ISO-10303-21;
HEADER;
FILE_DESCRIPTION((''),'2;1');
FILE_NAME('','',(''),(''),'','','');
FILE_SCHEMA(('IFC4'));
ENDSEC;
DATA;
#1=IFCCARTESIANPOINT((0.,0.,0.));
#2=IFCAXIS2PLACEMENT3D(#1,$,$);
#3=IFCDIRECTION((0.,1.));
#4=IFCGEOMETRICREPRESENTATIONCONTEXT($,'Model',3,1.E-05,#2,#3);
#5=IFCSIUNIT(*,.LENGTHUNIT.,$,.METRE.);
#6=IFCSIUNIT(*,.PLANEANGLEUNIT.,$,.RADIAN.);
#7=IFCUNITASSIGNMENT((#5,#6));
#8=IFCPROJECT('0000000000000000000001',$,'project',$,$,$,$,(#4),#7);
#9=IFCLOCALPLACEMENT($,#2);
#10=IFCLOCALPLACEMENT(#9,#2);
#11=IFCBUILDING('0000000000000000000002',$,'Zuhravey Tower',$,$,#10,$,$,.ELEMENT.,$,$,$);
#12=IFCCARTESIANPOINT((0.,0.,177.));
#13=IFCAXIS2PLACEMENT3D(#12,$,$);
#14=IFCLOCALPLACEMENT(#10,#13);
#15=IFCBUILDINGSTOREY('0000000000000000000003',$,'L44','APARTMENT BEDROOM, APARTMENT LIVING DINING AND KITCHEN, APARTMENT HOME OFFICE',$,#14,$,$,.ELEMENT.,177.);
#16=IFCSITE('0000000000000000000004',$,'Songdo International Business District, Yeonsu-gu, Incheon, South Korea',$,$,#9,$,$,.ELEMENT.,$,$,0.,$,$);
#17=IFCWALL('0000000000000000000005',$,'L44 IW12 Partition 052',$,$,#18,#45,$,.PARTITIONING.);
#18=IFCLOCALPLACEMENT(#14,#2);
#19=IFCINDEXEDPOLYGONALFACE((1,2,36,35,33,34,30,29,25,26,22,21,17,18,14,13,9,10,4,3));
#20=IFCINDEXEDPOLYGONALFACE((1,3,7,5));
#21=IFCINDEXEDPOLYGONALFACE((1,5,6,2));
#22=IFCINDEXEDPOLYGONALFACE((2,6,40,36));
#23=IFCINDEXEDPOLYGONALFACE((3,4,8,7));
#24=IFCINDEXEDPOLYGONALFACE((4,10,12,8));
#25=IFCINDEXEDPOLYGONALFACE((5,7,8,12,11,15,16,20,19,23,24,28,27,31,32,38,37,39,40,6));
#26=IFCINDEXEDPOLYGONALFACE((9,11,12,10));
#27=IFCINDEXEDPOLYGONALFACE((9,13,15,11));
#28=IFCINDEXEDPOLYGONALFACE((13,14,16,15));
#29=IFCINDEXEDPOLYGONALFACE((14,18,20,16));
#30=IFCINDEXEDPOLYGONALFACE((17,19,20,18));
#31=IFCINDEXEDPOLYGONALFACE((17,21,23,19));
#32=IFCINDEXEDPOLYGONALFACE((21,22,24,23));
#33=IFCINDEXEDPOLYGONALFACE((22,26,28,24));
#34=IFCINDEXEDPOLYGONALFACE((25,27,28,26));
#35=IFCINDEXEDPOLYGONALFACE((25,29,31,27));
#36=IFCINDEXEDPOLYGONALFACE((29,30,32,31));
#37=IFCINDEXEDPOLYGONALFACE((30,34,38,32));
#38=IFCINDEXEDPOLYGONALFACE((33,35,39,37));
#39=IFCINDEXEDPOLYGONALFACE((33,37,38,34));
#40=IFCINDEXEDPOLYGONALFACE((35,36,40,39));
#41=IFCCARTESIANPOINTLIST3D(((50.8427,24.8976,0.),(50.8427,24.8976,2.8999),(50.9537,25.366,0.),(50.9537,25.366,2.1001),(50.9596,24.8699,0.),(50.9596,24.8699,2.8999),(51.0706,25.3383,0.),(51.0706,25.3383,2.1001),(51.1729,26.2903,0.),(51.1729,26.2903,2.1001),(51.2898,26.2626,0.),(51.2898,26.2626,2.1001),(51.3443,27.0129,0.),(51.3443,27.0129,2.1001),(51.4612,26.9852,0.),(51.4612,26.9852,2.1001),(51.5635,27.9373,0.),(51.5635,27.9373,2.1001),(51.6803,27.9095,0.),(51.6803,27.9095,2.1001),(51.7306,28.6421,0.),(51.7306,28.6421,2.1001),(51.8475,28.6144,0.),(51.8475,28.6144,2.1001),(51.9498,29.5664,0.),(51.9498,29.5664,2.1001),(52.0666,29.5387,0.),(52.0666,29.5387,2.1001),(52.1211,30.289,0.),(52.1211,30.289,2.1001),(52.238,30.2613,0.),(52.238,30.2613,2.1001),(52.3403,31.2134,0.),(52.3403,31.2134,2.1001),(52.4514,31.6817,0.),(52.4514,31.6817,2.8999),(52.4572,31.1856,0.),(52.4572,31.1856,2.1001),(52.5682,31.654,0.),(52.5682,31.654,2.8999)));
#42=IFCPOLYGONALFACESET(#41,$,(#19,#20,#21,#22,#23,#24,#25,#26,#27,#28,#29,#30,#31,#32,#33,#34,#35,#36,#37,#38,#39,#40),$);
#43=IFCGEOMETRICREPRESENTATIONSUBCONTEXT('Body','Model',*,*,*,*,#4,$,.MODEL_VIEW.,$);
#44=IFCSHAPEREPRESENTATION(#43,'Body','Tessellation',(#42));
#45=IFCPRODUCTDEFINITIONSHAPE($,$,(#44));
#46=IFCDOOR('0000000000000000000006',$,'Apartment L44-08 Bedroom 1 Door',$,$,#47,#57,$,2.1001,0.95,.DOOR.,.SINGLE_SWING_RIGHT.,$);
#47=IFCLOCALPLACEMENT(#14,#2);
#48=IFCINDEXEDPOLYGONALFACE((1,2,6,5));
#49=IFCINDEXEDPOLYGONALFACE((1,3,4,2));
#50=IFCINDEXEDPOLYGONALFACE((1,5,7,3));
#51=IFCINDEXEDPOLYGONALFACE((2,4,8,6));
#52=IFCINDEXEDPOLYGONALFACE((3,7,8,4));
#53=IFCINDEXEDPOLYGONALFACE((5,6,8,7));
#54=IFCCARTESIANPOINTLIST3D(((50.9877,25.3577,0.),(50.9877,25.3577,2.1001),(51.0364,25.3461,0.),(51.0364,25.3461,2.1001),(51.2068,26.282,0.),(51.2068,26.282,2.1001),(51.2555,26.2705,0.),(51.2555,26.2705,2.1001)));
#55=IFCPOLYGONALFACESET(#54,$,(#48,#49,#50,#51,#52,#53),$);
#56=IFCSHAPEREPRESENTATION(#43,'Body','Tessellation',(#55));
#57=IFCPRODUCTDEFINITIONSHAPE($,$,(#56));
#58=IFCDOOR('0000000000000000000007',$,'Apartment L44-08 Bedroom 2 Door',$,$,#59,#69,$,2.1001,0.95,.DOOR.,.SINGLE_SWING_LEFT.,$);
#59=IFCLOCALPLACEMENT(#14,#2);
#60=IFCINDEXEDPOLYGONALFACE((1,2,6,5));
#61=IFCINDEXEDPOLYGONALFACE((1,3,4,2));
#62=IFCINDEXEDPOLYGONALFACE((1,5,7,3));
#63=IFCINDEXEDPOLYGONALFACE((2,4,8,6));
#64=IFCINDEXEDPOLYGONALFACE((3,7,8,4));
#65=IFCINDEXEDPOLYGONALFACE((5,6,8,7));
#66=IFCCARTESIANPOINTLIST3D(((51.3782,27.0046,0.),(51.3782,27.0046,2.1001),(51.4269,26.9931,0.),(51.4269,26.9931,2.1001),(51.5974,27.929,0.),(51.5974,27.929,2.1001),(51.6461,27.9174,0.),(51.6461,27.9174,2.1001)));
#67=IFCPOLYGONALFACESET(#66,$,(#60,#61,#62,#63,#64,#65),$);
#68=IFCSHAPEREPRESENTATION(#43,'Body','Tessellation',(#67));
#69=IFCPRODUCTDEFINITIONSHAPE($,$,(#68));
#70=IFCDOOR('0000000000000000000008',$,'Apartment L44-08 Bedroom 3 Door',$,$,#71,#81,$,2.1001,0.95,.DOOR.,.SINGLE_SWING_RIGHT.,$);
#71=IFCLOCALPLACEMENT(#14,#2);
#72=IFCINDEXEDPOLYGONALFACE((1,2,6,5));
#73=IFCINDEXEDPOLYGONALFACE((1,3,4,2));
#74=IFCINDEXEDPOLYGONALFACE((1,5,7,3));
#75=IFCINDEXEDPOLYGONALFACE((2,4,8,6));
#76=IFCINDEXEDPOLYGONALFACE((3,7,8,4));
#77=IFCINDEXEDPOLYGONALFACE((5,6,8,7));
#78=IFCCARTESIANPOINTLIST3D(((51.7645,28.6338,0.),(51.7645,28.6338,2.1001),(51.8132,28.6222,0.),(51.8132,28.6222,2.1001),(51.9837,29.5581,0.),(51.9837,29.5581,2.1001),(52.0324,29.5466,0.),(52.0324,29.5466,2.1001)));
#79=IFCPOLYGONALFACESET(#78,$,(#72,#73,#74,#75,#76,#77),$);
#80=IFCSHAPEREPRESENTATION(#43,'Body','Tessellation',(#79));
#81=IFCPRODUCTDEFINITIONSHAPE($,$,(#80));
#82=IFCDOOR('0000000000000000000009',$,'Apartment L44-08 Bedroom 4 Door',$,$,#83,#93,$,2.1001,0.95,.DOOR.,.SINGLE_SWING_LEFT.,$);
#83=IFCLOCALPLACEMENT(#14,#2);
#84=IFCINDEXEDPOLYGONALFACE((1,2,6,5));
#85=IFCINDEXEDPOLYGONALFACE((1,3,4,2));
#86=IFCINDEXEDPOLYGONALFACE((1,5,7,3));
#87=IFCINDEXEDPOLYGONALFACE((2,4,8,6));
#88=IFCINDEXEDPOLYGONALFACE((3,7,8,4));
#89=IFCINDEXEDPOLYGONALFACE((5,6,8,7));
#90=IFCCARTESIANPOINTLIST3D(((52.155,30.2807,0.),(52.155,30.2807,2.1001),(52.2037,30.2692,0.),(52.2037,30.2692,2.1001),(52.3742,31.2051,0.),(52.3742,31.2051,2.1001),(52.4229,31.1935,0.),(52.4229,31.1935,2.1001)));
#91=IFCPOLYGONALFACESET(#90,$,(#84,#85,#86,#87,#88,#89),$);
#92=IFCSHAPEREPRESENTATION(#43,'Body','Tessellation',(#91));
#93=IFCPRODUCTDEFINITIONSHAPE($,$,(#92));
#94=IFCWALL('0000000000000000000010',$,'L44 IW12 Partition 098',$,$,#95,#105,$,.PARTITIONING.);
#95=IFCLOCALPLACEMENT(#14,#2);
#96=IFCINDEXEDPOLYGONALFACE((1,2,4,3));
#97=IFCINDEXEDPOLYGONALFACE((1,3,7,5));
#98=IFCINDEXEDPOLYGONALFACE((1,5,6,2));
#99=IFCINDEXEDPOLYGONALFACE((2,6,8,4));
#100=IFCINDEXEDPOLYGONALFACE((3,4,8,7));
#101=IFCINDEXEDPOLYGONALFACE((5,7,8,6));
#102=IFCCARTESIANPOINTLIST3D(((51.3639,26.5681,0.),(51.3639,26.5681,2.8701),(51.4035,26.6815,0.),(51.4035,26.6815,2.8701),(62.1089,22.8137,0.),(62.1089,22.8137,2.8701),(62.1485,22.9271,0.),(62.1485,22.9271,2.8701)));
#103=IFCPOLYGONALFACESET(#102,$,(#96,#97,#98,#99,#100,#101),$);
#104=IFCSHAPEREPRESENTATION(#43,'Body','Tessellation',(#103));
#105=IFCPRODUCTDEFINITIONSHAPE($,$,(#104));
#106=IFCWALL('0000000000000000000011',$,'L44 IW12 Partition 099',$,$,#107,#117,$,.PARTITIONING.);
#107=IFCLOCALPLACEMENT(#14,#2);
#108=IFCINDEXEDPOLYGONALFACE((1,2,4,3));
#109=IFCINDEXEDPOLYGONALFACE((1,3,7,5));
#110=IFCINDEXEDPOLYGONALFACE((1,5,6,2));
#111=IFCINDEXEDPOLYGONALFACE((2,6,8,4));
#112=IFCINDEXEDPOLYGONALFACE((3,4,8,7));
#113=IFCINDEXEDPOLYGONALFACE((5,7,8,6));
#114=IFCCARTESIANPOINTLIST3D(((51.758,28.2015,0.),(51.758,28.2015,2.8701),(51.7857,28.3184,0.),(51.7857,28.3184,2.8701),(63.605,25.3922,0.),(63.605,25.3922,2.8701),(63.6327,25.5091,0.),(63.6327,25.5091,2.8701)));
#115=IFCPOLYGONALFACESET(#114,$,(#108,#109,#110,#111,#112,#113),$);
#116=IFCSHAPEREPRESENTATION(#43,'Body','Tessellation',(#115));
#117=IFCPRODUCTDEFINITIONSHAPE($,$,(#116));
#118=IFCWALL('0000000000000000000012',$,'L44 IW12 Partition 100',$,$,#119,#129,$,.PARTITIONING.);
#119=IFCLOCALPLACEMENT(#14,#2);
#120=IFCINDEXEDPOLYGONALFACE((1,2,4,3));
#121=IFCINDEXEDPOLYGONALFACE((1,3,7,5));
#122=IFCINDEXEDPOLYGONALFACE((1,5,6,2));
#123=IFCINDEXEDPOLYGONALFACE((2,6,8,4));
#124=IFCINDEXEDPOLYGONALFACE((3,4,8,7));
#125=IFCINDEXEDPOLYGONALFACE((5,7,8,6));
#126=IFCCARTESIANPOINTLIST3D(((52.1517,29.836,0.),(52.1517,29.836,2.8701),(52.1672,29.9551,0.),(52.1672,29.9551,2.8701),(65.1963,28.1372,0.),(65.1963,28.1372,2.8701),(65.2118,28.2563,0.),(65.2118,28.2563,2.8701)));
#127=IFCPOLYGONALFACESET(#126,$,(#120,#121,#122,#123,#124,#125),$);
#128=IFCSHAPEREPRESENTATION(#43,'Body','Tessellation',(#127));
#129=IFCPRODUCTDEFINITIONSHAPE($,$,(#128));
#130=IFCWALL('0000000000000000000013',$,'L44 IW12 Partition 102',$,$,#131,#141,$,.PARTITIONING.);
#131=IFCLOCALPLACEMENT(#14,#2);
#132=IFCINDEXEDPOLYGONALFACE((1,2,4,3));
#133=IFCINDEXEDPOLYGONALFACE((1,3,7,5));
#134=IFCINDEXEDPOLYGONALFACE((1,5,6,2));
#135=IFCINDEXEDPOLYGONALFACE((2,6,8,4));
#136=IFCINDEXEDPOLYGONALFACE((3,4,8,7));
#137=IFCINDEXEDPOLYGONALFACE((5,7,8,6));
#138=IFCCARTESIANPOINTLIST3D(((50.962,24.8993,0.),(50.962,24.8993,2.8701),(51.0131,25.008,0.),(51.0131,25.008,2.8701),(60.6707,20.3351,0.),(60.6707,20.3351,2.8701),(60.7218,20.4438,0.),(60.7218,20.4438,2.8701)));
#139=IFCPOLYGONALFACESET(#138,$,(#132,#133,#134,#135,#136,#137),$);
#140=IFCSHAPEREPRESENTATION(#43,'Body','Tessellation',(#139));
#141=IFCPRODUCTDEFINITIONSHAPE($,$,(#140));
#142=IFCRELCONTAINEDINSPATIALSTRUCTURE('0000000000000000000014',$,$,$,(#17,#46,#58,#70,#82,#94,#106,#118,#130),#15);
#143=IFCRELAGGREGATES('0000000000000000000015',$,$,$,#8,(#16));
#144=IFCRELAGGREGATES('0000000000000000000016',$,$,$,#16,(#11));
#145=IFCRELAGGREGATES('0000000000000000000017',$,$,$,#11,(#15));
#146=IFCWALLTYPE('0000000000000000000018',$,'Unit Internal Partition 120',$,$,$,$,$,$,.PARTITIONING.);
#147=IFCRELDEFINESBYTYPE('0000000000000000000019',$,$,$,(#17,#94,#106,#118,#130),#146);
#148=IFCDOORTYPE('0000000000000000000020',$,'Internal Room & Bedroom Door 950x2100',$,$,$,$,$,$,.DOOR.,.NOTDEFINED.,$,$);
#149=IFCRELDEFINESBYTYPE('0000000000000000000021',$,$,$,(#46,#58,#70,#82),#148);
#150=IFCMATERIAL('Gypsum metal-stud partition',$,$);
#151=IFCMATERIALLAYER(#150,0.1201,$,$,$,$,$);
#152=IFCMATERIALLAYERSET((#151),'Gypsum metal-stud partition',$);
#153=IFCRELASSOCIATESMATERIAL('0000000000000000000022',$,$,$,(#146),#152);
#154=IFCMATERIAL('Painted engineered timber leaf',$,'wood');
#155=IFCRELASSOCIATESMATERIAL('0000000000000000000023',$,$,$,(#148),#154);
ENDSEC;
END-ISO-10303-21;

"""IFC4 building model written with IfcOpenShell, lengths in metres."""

from ifc_helpers import new_model, si_unit, direction, frame, frame_2d, origin, place, context, subcontext, project, spatial, rectangle, extrude, material, layer, layer_set, type_object, element, fill, save


model = new_model("IFC4")

# Units and contexts
model_context = context("Model", 3, precision=1e-05, world=origin(), true_north=direction((0.0, 1.0)))
body_context = subcontext(model_context, "Body", "Model", "MODEL_VIEW")
ifc_project = project(units=[si_unit("LENGTHUNIT", "METRE"), si_unit("PLANEANGLEUNIT", "RADIAN")], contexts=[model_context])

# Site, building, storey
site_placement = place(None, origin())
site = spatial("IfcSite", under=ifc_project, at=site_placement, Name="Songdo International Business District, Yeonsu-gu, Incheon, South Korea", CompositionType="ELEMENT", RefElevation=0.0)
building_placement = place(site_placement, origin())
building = spatial("IfcBuilding", under=site, at=building_placement, Name="Zuhravey Tower", CompositionType="ELEMENT")
storey_placement = place(building_placement, frame((0.0, 0.0, 177.0)))
storey = spatial("IfcBuildingStorey", under=building, at=storey_placement, Name="L44", Description="APARTMENT BEDROOM, APARTMENT LIVING DINING AND KITCHEN, APARTMENT HOME OFFICE", CompositionType="ELEMENT", Elevation=177.0)

# Wall, openings, doors
ifc_material_1 = material(Name="Gypsum metal-stud partition")
ifc_layer_1 = layer(ifc_material_1, 0.1201)
ifc_layer_set_1 = layer_set([ifc_layer_1], Name="Gypsum metal-stud partition")
wall_type_1 = type_object("IfcWallType", Name="Unit Internal Partition 120", PredefinedType="PARTITIONING", material=ifc_layer_set_1)
ifc_material_2 = material(Name="Painted engineered timber leaf", Category="wood")
door_type_1 = type_object("IfcDoorType", Name="Internal Room & Bedroom Door 950x2100", OperationType="NOTDEFINED", PredefinedType="DOOR", material=ifc_material_2)
wall_1_placement = place(storey_placement, frame((50.9011, 24.8838, 0.0), z_axis=(0.0, 0.0, 1.0), x_axis=(0.230727, 0.973018, 0.0)))
wall_1 = element("IfcWall", 1, at=wall_1_placement, inside=storey, type_object=wall_type_1, Name="L44 IW12 Partition 052", PredefinedType="PARTITIONING", context=body_context, shape_type="SweptSolid", body=[
    extrude(rectangle(XDim=6.9722, YDim=0.1201, at=frame_2d((3.4861, 0.0))), origin(), (0.0, 0.0, 1.0), 2.8999),
])
opening_1_placement = place(wall_1_placement, frame((0.4812, 0.0, 0.0)))
opening_1 = element("IfcOpeningElement", 2, at=opening_1_placement, cuts=wall_1, PredefinedType="OPENING", context=body_context, shape_type="SweptSolid", body=[
    extrude(rectangle(XDim=0.95, YDim=2.1001, at=frame_2d((0.4751, 1.05))), frame((0.0, 0.072, 0.0), z_axis=(0.0, -1.0, 0.0), x_axis=(1.0, 0.0, 0.0)), (0.0, 0.0, 1.0), 0.144),
])
opening_2_placement = place(wall_1_placement, frame((2.1738, 0.0, 0.0)))
opening_2 = element("IfcOpeningElement", 3, at=opening_2_placement, cuts=wall_1, PredefinedType="OPENING", context=body_context, shape_type="SweptSolid", body=[
    extrude(rectangle(XDim=0.95, YDim=2.1001, at=frame_2d((0.4751, 1.05))), frame((0.0, 0.072, 0.0), z_axis=(0.0, -1.0, 0.0), x_axis=(1.0, 0.0, 0.0)), (0.0, 0.0, 1.0), 0.144),
])
opening_3_placement = place(wall_1_placement, frame((3.8481, 0.0, 0.0)))
opening_3 = element("IfcOpeningElement", 4, at=opening_3_placement, cuts=wall_1, PredefinedType="OPENING", context=body_context, shape_type="SweptSolid", body=[
    extrude(rectangle(XDim=0.95, YDim=2.1001, at=frame_2d((0.4751, 1.05))), frame((0.0, 0.072, 0.0), z_axis=(0.0, -1.0, 0.0), x_axis=(1.0, 0.0, 0.0)), (0.0, 0.0, 1.0), 0.144),
])
opening_4_placement = place(wall_1_placement, frame((5.5408, 0.0, 0.0)))
opening_4 = element("IfcOpeningElement", 5, at=opening_4_placement, cuts=wall_1, PredefinedType="OPENING", context=body_context, shape_type="SweptSolid", body=[
    extrude(rectangle(XDim=0.95, YDim=2.1001, at=frame_2d((0.4751, 1.05))), frame((0.0, 0.072, 0.0), z_axis=(0.0, -1.0, 0.0), x_axis=(1.0, 0.0, 0.0)), (0.0, 0.0, 1.0), 0.144),
])
door_1_placement = place(opening_1_placement, frame((0.95, 0.0, 0.0), z_axis=(0.0, 0.0, 1.0), x_axis=(-1.0, 0.0, 0.0)))
door_1 = element("IfcDoor", 6, at=door_1_placement, inside=storey, type_object=door_type_1, Name="Apartment L44-08 Bedroom 1 Door", OperationType="SINGLE_SWING_RIGHT", OverallHeight=2.1001, OverallWidth=0.95, PredefinedType="DOOR", context=body_context, shape_type="SweptSolid", body=[
    extrude(rectangle(XDim=0.95, YDim=2.1001, at=frame_2d((0.4751, 1.05))), frame((0.0, 0.0249, 0.0), z_axis=(0.0, -1.0, 0.0), x_axis=(1.0, 0.0, 0.0)), (0.0, 0.0, 1.0), 0.05),
])
fill(opening_1, door_1)
door_2_placement = place(opening_2_placement, frame((0.95, 0.0, 0.0), z_axis=(0.0, 0.0, 1.0), x_axis=(-1.0, 0.0, 0.0)))
door_2 = element("IfcDoor", 7, at=door_2_placement, inside=storey, type_object=door_type_1, Name="Apartment L44-08 Bedroom 2 Door", OperationType="SINGLE_SWING_LEFT", OverallHeight=2.1001, OverallWidth=0.95, PredefinedType="DOOR", context=body_context, shape_type="SweptSolid", body=[
    extrude(rectangle(XDim=0.95, YDim=2.1001, at=frame_2d((0.4751, 1.05))), frame((0.0, 0.0249, 0.0), z_axis=(0.0, -1.0, 0.0), x_axis=(1.0, 0.0, 0.0)), (0.0, 0.0, 1.0), 0.05),
])
fill(opening_2, door_2)
door_3_placement = place(opening_3_placement, frame((0.95, 0.0, 0.0), z_axis=(0.0, 0.0, 1.0), x_axis=(-1.0, 0.0, 0.0)))
door_3 = element("IfcDoor", 8, at=door_3_placement, inside=storey, type_object=door_type_1, Name="Apartment L44-08 Bedroom 3 Door", OperationType="SINGLE_SWING_RIGHT", OverallHeight=2.1001, OverallWidth=0.95, PredefinedType="DOOR", context=body_context, shape_type="SweptSolid", body=[
    extrude(rectangle(XDim=0.95, YDim=2.1001, at=frame_2d((0.4751, 1.05))), frame((0.0, 0.0249, 0.0), z_axis=(0.0, -1.0, 0.0), x_axis=(1.0, 0.0, 0.0)), (0.0, 0.0, 1.0), 0.05),
])
fill(opening_3, door_3)
door_4_placement = place(opening_4_placement, frame((0.95, 0.0, 0.0), z_axis=(0.0, 0.0, 1.0), x_axis=(-1.0, 0.0, 0.0)))
door_4 = element("IfcDoor", 9, at=door_4_placement, inside=storey, type_object=door_type_1, Name="Apartment L44-08 Bedroom 4 Door", OperationType="SINGLE_SWING_LEFT", OverallHeight=2.1001, OverallWidth=0.95, PredefinedType="DOOR", context=body_context, shape_type="SweptSolid", body=[
    extrude(rectangle(XDim=0.95, YDim=2.1001, at=frame_2d((0.4751, 1.05))), frame((0.0, 0.0249, 0.0), z_axis=(0.0, -1.0, 0.0), x_axis=(1.0, 0.0, 0.0)), (0.0, 0.0, 1.0), 0.05),
])
fill(opening_4, door_4)

# Walls
wall_2_placement = place(storey_placement, frame((51.3838, 26.6248, 0.0), z_axis=(0.0, 0.0, 1.0), x_axis=(0.944033, -0.32985, 0.0)))
element("IfcWall", 10, at=wall_2_placement, inside=storey, type_object=wall_type_1, Name="L44 IW12 Partition 098", PredefinedType="PARTITIONING", context=body_context, shape_type="SweptSolid", body=[
    extrude(rectangle(XDim=11.3821, YDim=0.1201, at=frame_2d((5.6909, 0.0))), origin(), (0.0, 0.0, 1.0), 2.8701),
])
wall_3_placement = place(storey_placement, frame((51.7717, 28.26, 0.0), z_axis=(0.0, 0.0, 1.0), x_axis=(0.973016, -0.230737, 0.0)))
element("IfcWall", 11, at=wall_3_placement, inside=storey, type_object=wall_type_1, Name="L44 IW12 Partition 099", PredefinedType="PARTITIONING", context=body_context, shape_type="SweptSolid", body=[
    extrude(rectangle(XDim=12.1755, YDim=0.1201, at=frame_2d((6.0879, 0.0))), origin(), (0.0, 0.0, 1.0), 2.8701),
])
wall_4_placement = place(storey_placement, frame((52.1594, 29.8955, 0.0), z_axis=(0.0, 0.0, 1.0), x_axis=(0.991627, -0.129134, 0.0)))
element("IfcWall", 12, at=wall_4_placement, inside=storey, type_object=wall_type_1, Name="L44 IW12 Partition 100", PredefinedType="PARTITIONING", context=body_context, shape_type="SweptSolid", body=[
    extrude(rectangle(XDim=13.1548, YDim=0.1201, at=frame_2d((6.5774, 0.0))), origin(), (0.0, 0.0, 1.0), 2.8701),
])
wall_5_placement = place(storey_placement, frame((50.9875, 24.9536, 0.0), z_axis=(0.0, 0.0, 1.0), x_axis=(0.904984, -0.425445, 0.0)))
element("IfcWall", 13, at=wall_5_placement, inside=storey, type_object=wall_type_1, Name="L44 IW12 Partition 102", PredefinedType="PARTITIONING", context=body_context, shape_type="SweptSolid", body=[
    extrude(rectangle(XDim=10.728, YDim=0.1201, at=frame_2d((5.364, 0.0))), origin(), (0.0, 0.0, 1.0), 2.8701),
])

save(model, "model.ifc")
